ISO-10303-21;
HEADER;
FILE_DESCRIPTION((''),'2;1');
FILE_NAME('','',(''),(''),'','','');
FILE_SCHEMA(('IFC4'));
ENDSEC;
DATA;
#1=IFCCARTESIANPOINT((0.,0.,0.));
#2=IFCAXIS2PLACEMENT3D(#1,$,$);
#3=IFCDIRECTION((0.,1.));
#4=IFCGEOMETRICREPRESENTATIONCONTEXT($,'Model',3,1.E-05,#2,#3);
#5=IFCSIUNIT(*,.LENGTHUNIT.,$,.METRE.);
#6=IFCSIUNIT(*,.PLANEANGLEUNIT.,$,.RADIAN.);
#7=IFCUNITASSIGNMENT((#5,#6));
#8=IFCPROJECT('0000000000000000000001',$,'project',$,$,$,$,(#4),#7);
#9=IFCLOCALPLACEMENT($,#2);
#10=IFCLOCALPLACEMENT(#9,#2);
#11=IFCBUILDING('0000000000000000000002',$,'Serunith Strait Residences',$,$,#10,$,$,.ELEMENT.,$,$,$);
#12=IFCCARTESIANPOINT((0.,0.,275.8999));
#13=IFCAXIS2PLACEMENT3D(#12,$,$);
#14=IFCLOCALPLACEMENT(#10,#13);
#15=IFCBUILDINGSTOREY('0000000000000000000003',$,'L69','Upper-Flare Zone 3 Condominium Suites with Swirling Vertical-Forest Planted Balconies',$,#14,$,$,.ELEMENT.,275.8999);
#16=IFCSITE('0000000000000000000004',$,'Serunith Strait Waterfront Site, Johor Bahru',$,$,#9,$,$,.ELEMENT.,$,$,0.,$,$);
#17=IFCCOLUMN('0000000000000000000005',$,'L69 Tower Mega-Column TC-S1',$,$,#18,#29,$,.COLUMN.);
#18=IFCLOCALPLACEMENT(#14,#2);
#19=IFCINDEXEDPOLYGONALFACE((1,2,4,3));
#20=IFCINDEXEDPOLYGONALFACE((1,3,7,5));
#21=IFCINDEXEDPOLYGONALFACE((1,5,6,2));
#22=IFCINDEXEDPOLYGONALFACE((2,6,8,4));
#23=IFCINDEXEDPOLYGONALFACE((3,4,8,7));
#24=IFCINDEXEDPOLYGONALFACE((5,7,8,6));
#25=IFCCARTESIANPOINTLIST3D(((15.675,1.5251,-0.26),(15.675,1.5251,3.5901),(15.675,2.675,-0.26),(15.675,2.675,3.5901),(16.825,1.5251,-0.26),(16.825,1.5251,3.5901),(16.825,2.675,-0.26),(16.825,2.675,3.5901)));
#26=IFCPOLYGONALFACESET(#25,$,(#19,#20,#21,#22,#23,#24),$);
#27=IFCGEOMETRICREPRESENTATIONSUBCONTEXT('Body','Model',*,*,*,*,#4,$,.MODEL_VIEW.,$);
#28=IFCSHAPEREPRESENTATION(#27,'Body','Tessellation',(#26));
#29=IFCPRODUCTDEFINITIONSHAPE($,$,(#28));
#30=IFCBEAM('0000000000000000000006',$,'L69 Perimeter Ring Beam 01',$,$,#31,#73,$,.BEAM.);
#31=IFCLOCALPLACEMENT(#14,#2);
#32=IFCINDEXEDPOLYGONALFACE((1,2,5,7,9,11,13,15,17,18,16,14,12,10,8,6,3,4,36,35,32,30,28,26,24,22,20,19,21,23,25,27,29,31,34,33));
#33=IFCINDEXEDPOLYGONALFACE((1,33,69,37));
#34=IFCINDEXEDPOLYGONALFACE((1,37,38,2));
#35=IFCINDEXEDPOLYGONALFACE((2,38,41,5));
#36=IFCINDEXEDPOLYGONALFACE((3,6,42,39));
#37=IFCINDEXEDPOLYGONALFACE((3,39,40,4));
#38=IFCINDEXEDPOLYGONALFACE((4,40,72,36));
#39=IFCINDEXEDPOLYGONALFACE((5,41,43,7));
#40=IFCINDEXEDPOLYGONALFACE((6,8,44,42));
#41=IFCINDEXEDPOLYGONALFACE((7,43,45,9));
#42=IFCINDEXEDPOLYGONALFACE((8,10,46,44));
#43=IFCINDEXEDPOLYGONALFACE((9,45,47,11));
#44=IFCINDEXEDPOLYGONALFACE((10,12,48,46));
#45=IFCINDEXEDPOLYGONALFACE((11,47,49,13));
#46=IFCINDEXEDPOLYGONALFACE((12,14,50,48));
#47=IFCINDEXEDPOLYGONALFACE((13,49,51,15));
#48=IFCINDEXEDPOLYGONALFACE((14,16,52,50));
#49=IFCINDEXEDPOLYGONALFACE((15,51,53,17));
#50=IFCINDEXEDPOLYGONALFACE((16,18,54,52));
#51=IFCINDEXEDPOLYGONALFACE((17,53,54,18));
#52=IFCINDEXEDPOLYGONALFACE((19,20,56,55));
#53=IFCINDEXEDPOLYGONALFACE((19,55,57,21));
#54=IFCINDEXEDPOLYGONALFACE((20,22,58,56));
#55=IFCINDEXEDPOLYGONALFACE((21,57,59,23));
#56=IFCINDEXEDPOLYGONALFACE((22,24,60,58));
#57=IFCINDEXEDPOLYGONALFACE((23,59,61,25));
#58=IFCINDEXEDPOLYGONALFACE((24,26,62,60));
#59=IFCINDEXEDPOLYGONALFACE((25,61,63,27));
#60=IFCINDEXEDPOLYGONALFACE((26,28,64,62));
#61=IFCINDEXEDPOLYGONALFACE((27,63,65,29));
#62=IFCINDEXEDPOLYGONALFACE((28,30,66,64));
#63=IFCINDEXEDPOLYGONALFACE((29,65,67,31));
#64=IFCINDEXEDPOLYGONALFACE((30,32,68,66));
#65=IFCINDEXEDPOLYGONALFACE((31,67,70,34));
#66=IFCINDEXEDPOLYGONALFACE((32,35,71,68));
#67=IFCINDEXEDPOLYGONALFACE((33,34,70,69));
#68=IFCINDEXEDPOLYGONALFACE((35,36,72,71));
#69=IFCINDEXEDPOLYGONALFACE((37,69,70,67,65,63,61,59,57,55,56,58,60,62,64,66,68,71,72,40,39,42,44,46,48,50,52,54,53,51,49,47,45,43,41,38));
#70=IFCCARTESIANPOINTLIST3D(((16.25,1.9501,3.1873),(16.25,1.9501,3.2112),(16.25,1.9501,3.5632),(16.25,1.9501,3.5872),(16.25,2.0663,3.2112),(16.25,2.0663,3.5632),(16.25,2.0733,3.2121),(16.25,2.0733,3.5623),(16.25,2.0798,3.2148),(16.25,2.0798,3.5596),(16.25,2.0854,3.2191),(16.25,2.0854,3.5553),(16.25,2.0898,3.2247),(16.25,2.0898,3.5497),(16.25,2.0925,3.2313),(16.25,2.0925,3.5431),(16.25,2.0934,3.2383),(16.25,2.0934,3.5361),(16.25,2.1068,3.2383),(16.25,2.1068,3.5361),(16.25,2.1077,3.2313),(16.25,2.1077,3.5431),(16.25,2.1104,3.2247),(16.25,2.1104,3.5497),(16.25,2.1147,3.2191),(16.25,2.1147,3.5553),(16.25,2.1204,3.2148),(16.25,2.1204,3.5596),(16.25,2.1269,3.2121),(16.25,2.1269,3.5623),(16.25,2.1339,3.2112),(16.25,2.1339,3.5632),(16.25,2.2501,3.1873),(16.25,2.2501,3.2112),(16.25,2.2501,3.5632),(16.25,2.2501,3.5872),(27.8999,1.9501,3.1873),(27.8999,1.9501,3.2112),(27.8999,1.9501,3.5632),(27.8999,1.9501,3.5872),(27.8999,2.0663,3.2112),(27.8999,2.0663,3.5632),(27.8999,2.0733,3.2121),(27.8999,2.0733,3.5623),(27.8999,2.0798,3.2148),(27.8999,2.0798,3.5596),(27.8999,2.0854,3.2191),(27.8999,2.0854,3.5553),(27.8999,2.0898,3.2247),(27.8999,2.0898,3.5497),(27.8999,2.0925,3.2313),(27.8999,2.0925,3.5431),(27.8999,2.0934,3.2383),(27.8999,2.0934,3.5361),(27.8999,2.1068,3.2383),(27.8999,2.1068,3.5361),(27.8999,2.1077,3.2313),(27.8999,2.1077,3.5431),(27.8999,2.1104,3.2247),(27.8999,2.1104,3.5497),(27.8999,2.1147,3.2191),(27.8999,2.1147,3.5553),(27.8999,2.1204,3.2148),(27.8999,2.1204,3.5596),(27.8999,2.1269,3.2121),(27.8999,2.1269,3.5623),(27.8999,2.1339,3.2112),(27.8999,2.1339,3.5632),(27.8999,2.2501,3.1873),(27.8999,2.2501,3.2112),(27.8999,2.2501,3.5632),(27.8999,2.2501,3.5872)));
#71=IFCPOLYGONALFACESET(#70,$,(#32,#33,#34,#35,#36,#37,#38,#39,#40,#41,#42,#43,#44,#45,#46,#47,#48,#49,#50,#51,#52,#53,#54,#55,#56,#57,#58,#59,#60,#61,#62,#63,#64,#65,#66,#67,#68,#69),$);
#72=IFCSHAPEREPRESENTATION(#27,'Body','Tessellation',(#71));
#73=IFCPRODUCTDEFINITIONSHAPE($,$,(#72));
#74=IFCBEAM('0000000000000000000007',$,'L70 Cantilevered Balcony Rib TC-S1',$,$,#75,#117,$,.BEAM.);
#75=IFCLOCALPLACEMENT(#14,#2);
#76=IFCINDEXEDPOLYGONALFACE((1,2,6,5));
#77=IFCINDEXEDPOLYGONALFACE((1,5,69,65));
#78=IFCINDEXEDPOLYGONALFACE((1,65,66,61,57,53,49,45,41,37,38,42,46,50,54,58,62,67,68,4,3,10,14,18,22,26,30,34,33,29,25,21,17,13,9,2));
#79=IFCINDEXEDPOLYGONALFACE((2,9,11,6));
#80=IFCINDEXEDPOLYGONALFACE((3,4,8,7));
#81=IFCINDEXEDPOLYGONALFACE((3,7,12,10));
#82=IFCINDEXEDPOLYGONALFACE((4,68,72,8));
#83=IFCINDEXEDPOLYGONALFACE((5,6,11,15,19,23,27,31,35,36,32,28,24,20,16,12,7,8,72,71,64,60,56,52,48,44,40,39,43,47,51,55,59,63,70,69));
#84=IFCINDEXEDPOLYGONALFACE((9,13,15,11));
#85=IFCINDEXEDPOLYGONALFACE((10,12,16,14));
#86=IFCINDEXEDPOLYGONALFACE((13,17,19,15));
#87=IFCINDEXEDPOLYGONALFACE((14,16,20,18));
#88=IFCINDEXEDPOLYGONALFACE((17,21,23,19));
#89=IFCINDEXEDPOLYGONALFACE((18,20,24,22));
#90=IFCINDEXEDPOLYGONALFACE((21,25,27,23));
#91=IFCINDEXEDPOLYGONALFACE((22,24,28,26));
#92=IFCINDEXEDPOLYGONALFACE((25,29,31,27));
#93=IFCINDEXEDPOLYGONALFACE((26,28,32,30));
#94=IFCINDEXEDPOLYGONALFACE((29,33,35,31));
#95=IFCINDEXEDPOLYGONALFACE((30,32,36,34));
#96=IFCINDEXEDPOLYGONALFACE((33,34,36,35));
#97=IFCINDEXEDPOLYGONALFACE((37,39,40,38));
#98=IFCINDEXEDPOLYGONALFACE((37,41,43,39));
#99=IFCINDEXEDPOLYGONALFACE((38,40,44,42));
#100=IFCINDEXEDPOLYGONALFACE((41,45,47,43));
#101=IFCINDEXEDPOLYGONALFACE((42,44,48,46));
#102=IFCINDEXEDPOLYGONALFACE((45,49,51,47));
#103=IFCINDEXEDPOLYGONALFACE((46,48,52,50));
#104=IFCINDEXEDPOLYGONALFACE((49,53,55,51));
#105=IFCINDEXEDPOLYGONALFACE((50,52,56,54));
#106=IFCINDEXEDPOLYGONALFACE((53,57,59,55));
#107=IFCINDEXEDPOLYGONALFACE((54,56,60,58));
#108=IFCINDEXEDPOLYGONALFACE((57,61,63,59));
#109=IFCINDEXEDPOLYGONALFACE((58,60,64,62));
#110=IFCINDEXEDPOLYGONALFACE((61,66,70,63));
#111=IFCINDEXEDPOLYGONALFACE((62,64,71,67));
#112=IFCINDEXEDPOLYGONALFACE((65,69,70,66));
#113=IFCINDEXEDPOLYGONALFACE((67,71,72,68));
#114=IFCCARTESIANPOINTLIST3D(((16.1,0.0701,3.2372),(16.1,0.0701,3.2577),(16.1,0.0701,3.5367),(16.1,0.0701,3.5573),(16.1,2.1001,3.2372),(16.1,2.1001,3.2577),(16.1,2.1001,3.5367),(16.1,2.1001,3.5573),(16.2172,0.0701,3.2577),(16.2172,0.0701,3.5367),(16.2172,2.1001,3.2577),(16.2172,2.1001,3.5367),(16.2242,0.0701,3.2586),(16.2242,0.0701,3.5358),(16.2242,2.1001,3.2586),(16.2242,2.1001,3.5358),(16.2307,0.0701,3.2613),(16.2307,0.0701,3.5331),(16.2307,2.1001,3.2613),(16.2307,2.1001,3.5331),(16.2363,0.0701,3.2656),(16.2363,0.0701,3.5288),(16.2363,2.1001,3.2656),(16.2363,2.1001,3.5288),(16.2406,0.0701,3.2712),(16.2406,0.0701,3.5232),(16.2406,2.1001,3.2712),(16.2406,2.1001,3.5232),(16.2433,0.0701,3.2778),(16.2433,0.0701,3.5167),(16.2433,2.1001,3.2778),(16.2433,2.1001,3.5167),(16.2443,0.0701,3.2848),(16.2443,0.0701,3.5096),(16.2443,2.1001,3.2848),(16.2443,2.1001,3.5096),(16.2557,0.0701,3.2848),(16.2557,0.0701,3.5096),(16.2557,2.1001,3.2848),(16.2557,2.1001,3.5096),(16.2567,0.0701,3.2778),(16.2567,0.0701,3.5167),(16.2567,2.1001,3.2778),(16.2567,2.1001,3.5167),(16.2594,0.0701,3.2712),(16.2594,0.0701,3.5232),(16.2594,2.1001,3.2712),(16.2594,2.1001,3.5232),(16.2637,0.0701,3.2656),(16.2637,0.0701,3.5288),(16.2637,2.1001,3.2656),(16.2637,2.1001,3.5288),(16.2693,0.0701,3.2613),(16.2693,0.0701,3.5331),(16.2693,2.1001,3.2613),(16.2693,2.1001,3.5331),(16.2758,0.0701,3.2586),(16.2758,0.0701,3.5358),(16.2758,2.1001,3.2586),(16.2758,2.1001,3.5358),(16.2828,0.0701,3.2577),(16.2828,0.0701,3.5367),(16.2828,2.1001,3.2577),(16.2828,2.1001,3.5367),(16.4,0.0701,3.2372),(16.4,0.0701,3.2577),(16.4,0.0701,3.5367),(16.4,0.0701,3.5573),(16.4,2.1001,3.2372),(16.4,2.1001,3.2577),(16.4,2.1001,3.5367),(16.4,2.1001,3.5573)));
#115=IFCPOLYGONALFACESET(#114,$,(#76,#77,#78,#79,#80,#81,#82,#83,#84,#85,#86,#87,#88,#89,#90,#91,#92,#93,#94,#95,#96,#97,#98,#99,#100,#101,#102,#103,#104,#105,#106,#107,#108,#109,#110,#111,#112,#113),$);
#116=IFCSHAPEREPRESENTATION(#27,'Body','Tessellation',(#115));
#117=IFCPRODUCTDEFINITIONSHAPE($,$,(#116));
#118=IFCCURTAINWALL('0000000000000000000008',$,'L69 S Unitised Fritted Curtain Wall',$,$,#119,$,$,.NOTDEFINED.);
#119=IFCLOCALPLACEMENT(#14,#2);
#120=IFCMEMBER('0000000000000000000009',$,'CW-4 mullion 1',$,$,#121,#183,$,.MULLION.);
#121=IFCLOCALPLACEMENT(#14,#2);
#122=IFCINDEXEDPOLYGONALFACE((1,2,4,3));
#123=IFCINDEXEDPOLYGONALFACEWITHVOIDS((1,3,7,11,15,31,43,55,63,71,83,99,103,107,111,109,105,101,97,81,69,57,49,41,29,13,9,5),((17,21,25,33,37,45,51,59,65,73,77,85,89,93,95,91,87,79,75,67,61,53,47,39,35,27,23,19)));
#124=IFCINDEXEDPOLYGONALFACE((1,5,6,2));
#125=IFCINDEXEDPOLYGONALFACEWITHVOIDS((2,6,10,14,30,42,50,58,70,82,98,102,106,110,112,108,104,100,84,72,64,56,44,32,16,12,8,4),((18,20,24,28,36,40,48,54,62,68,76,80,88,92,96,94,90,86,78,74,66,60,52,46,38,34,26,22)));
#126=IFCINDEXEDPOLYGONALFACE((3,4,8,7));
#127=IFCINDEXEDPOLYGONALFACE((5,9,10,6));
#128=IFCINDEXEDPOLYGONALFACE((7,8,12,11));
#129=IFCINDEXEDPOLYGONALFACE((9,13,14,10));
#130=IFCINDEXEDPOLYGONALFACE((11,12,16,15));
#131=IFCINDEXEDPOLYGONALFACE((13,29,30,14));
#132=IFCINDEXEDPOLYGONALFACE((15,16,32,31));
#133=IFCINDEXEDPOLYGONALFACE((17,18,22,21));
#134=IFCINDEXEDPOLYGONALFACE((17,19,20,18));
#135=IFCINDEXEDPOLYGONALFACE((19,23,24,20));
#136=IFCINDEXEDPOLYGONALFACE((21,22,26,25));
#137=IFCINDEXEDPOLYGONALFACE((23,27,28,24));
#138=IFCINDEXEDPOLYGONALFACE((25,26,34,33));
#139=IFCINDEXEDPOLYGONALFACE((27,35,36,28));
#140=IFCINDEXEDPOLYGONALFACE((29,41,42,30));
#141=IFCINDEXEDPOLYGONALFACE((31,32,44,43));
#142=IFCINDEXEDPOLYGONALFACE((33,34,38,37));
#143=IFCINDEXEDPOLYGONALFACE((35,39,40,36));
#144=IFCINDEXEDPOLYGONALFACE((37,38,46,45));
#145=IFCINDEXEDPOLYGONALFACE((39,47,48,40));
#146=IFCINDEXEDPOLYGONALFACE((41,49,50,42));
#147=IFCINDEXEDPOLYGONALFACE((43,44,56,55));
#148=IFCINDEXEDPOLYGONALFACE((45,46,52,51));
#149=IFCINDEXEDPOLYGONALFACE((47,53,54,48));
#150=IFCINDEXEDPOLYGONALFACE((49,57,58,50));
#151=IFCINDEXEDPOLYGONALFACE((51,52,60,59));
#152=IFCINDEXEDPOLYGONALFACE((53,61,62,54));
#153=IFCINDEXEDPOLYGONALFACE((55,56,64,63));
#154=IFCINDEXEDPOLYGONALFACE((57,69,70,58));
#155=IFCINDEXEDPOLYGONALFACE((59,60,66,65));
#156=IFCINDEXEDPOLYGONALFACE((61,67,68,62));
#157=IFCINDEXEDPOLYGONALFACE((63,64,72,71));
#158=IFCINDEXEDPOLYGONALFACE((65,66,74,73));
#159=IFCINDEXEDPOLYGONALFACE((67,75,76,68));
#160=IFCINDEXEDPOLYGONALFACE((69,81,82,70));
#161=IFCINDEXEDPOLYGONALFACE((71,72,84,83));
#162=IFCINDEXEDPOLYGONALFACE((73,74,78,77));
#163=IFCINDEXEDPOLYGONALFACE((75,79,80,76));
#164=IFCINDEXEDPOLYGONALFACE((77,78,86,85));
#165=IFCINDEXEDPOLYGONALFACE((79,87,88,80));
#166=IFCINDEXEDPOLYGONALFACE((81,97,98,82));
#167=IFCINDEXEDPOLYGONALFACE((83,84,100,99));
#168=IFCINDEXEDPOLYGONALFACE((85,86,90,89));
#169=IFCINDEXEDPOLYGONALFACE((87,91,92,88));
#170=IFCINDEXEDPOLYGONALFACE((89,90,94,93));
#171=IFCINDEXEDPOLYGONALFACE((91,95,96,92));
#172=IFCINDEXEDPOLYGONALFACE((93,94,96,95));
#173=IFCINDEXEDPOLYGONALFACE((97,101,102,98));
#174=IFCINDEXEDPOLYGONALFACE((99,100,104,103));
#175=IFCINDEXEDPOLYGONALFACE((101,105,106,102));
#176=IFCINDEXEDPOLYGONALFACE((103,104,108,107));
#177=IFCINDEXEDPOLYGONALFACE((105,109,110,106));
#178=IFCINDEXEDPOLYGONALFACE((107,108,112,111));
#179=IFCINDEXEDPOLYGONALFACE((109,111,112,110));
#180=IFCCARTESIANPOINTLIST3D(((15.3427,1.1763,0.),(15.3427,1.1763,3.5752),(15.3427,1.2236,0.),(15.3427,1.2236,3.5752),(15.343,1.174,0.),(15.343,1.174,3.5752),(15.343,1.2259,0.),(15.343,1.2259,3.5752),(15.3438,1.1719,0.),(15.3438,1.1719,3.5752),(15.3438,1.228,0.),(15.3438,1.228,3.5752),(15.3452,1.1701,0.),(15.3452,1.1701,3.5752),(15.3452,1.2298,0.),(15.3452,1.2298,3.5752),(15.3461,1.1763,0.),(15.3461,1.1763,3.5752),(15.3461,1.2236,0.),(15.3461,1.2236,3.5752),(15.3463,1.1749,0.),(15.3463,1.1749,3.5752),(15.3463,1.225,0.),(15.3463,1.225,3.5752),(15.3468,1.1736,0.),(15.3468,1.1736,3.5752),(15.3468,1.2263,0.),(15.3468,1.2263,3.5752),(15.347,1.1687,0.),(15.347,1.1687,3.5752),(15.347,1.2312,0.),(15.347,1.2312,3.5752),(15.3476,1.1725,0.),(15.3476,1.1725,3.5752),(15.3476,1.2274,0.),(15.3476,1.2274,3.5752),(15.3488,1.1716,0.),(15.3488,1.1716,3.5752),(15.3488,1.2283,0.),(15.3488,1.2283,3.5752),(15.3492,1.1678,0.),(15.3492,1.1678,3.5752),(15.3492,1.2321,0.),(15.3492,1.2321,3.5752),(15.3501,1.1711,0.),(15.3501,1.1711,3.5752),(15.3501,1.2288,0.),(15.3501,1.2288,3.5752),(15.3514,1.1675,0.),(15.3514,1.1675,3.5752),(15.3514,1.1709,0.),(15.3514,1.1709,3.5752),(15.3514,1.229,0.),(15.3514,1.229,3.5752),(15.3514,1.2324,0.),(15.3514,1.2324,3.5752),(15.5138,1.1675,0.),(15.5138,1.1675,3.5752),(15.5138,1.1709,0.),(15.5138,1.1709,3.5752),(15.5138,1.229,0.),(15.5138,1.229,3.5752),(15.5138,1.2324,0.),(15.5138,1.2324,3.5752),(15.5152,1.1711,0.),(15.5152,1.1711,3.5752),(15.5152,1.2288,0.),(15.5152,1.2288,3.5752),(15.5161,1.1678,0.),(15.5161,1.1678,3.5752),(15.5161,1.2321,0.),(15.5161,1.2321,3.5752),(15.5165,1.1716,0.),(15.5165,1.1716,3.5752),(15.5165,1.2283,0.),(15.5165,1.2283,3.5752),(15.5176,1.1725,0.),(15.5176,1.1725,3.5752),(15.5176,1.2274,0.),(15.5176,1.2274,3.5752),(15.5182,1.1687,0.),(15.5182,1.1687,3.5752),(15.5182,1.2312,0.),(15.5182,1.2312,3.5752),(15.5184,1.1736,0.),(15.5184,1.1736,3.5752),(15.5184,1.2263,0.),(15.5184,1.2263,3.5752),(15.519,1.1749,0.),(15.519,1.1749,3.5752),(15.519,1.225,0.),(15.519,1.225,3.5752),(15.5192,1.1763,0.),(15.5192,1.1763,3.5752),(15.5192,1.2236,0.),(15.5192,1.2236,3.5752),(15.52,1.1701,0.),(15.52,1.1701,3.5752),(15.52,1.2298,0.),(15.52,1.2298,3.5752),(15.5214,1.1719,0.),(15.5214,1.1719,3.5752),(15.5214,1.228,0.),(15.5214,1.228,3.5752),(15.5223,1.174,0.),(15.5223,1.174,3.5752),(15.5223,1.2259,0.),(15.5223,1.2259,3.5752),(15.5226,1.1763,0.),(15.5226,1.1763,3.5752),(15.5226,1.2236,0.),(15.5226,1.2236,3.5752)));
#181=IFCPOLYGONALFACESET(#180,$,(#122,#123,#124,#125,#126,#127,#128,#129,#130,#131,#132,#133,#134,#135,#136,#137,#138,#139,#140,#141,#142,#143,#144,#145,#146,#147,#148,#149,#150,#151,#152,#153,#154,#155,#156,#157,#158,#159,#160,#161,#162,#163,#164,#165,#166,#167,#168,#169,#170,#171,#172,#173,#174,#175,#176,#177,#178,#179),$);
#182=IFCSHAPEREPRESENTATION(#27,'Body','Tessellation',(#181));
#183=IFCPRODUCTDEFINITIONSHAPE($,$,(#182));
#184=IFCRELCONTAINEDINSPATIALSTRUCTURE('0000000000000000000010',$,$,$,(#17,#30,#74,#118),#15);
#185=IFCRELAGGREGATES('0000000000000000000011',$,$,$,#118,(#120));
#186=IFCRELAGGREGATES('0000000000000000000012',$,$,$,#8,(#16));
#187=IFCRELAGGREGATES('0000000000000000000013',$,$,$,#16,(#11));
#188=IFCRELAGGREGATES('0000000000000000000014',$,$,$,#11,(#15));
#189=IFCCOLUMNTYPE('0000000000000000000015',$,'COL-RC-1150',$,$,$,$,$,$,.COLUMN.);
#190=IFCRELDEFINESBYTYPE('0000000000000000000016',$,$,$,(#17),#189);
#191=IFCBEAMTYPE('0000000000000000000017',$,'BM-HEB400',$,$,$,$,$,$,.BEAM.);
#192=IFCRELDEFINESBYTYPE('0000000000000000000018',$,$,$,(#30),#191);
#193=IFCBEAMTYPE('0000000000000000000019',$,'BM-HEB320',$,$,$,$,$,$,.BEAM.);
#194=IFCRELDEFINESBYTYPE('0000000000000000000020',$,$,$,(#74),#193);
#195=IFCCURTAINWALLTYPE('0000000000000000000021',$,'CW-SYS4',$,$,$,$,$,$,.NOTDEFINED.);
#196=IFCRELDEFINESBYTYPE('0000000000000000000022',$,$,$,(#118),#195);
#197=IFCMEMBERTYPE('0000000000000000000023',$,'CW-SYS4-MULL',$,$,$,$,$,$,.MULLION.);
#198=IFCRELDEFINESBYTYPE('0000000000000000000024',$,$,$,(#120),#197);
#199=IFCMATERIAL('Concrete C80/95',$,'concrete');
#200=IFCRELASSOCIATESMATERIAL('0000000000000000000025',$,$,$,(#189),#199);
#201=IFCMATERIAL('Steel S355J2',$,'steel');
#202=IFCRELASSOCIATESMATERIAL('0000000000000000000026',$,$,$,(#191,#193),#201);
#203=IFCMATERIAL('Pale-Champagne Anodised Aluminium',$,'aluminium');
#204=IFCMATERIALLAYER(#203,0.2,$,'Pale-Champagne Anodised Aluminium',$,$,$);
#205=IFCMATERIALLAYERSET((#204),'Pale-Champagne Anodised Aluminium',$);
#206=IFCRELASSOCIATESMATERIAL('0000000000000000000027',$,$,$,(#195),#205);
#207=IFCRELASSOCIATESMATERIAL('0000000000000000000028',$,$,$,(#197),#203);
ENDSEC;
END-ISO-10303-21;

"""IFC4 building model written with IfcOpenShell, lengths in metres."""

from ifc_helpers import new_model, si_unit, direction, frame, origin, origin_2d, place, context, subcontext, project, spatial, rectangle, hollow_rectangle, i_section, extrude, source, transform, mapped, material, layer, layer_set, material_profile, profile_set, type_object, element, aggregate, save


model = new_model("IFC4")

# Units and contexts
model_context = context("Model", 3, precision=1e-05, world=origin(), true_north=direction((0.0, 1.0)))
body_context = subcontext(model_context, "Body", "Model", "MODEL_VIEW")
ifc_project = project(units=[si_unit("LENGTHUNIT", "METRE"), si_unit("PLANEANGLEUNIT", "RADIAN")], contexts=[model_context])

# Site, building, storey
site_placement = place(None, origin())
site = spatial("IfcSite", under=ifc_project, at=site_placement, Name="Serunith Strait Waterfront Site, Johor Bahru", CompositionType="ELEMENT", RefElevation=0.0)
building_placement = place(site_placement, origin())
building = spatial("IfcBuilding", under=site, at=building_placement, Name="Serunith Strait Residences", CompositionType="ELEMENT")
storey_placement = place(building_placement, frame((0.0, 0.0, 275.8999)))
storey = spatial("IfcBuildingStorey", under=building, at=storey_placement, Name="L69", Description="Upper-Flare Zone 3 Condominium Suites with Swirling Vertical-Forest Planted Balconies", CompositionType="ELEMENT", Elevation=275.8999)

# Column
ifc_material_1 = material(Name="Concrete C80/95", Category="concrete")
ifc_material_profile_1 = material_profile(ifc_material_1, rectangle(XDim=1.1499, YDim=1.1499, at=origin_2d()), Name="RC 1150x1150")
ifc_profile_set_1 = profile_set([ifc_material_profile_1], Name="Concrete C80/95")
column_type = type_object("IfcColumnType", Name="COL-RC-1150", PredefinedType="COLUMN", material=ifc_profile_set_1)
shared_shape_1 = source(origin(), body_context, "Body", "SweptSolid", [
    extrude(rectangle(XDim=1.1499, YDim=1.1499, at=origin_2d()), origin(), (0.0, 0.0, 1.0), 3.8501),
])
column_placement = place(storey_placement, frame((16.25, 2.1001, -0.26), z_axis=(0.0, 0.0, 1.0), x_axis=(1.0, 0.0, 0.0)))
element("IfcColumn", 1, at=column_placement, inside=storey, type_object=column_type, Name="L69 Tower Mega-Column TC-S1", PredefinedType="COLUMN", context=body_context, shape_type="MappedRepresentation", body=[
    mapped(shared_shape_1, transform((0.0, 0.0, 0.0), scale=1.0)),
])

# Beams
ifc_material_2 = material(Name="Steel S355J2", Category="steel")
ifc_material_profile_2 = material_profile(ifc_material_2, i_section(OverallWidth=0.3, OverallDepth=0.3999, WebThickness=0.0134, FlangeThickness=0.0239, FilletRadius=0.0271, at=origin_2d()), Name="HEB 400")
ifc_profile_set_2 = profile_set([ifc_material_profile_2], Name="Steel S355J2")
beam_type_1 = type_object("IfcBeamType", Name="BM-HEB400", PredefinedType="BEAM", material=ifc_profile_set_2)
shared_shape_2 = source(origin(), body_context, "Body", "SweptSolid", [
    extrude(i_section(OverallWidth=0.3, OverallDepth=0.3999, WebThickness=0.0134, FlangeThickness=0.0239, FilletRadius=0.0271, at=origin_2d()), origin(), (0.0, 0.0, 1.0), 11.6499),
])
beam_1_placement = place(storey_placement, frame((16.25, 2.1001, 3.3872), z_axis=(1.0, 0.0, 0.0), x_axis=(0.0, 1.0, 0.0)))
element("IfcBeam", 2, at=beam_1_placement, inside=storey, type_object=beam_type_1, Name="L69 Perimeter Ring Beam 01", PredefinedType="BEAM", context=body_context, shape_type="MappedRepresentation", body=[
    mapped(shared_shape_2, transform((0.0, 0.0, 0.0), scale=1.0)),
])
ifc_material_profile_3 = material_profile(ifc_material_2, i_section(OverallWidth=0.3, OverallDepth=0.3201, WebThickness=0.0115, FlangeThickness=0.0205, FilletRadius=0.0271, at=origin_2d()), Name="HEB 320")
ifc_profile_set_3 = profile_set([ifc_material_profile_3], Name="Steel S355J2")
beam_type_2 = type_object("IfcBeamType", Name="BM-HEB320", PredefinedType="BEAM", material=ifc_profile_set_3)
shared_shape_3 = source(origin(), body_context, "Body", "SweptSolid", [
    extrude(i_section(OverallWidth=0.3, OverallDepth=0.3201, WebThickness=0.0115, FlangeThickness=0.0205, FilletRadius=0.0271, at=origin_2d()), origin(), (0.0, 0.0, 1.0), 2.03),
])
beam_2_placement = place(storey_placement, frame((16.25, 2.1001, 3.3972), z_axis=(0.0, -1.0, 0.0), x_axis=(1.0, 0.0, 0.0)))
element("IfcBeam", 3, at=beam_2_placement, inside=storey, type_object=beam_type_2, Name="L70 Cantilevered Balcony Rib TC-S1", PredefinedType="BEAM", context=body_context, shape_type="MappedRepresentation", body=[
    mapped(shared_shape_3, transform((0.0, 0.0, 0.0), scale=1.0)),
])

# Curtain wall, member
ifc_material_3 = material(Name="Pale-Champagne Anodised Aluminium", Category="aluminium")
ifc_layer_1 = layer(ifc_material_3, 0.2, Name="Pale-Champagne Anodised Aluminium")
ifc_layer_set_1 = layer_set([ifc_layer_1], Name="Pale-Champagne Anodised Aluminium")
curtain_wall_type = type_object("IfcCurtainWallType", Name="CW-SYS4", PredefinedType="NOTDEFINED", material=ifc_layer_set_1)
curtain_wall_1_placement = place(storey_placement, origin())
curtain_wall_1 = element("IfcCurtainWall", 4, at=curtain_wall_1_placement, inside=storey, type_object=curtain_wall_type, Name="L69 S Unitised Fritted Curtain Wall", PredefinedType="NOTDEFINED")
ifc_material_profile_4 = material_profile(ifc_material_3, hollow_rectangle(XDim=0.0649, YDim=0.1799, WallThickness=0.0034, InnerFilletRadius=0.0054, OuterFilletRadius=0.0088, at=origin_2d()), Name="ALU 180x65x3.5")
ifc_profile_set_4 = profile_set([ifc_material_profile_4], Name="Pale-Champagne Anodised Aluminium")
member_type_1 = type_object("IfcMemberType", Name="CW-SYS4-MULL", PredefinedType="MULLION", material=ifc_profile_set_4)
shared_shape_4 = source(origin(), body_context, "Body", "SweptSolid", [
    extrude(hollow_rectangle(XDim=0.0649, YDim=0.1799, WallThickness=0.0034, InnerFilletRadius=0.0054, OuterFilletRadius=0.0088, at=origin_2d()), origin(), (0.0, 0.0, 1.0), 3.5752),
])
member_1_placement = place(storey_placement, frame((15.4326, 1.2, 0.0), z_axis=(0.0, 0.0, 1.0), x_axis=(0.0, 1.0, 0.0)))
member_1 = element("IfcMember", 5, at=member_1_placement, type_object=member_type_1, Name="CW-4 mullion 1", PredefinedType="MULLION", context=body_context, shape_type="MappedRepresentation", body=[
    mapped(shared_shape_4, transform((0.0, 0.0, 0.0), scale=1.0)),
])

aggregate(curtain_wall_1, [member_1])

save(model, "model.ifc")
